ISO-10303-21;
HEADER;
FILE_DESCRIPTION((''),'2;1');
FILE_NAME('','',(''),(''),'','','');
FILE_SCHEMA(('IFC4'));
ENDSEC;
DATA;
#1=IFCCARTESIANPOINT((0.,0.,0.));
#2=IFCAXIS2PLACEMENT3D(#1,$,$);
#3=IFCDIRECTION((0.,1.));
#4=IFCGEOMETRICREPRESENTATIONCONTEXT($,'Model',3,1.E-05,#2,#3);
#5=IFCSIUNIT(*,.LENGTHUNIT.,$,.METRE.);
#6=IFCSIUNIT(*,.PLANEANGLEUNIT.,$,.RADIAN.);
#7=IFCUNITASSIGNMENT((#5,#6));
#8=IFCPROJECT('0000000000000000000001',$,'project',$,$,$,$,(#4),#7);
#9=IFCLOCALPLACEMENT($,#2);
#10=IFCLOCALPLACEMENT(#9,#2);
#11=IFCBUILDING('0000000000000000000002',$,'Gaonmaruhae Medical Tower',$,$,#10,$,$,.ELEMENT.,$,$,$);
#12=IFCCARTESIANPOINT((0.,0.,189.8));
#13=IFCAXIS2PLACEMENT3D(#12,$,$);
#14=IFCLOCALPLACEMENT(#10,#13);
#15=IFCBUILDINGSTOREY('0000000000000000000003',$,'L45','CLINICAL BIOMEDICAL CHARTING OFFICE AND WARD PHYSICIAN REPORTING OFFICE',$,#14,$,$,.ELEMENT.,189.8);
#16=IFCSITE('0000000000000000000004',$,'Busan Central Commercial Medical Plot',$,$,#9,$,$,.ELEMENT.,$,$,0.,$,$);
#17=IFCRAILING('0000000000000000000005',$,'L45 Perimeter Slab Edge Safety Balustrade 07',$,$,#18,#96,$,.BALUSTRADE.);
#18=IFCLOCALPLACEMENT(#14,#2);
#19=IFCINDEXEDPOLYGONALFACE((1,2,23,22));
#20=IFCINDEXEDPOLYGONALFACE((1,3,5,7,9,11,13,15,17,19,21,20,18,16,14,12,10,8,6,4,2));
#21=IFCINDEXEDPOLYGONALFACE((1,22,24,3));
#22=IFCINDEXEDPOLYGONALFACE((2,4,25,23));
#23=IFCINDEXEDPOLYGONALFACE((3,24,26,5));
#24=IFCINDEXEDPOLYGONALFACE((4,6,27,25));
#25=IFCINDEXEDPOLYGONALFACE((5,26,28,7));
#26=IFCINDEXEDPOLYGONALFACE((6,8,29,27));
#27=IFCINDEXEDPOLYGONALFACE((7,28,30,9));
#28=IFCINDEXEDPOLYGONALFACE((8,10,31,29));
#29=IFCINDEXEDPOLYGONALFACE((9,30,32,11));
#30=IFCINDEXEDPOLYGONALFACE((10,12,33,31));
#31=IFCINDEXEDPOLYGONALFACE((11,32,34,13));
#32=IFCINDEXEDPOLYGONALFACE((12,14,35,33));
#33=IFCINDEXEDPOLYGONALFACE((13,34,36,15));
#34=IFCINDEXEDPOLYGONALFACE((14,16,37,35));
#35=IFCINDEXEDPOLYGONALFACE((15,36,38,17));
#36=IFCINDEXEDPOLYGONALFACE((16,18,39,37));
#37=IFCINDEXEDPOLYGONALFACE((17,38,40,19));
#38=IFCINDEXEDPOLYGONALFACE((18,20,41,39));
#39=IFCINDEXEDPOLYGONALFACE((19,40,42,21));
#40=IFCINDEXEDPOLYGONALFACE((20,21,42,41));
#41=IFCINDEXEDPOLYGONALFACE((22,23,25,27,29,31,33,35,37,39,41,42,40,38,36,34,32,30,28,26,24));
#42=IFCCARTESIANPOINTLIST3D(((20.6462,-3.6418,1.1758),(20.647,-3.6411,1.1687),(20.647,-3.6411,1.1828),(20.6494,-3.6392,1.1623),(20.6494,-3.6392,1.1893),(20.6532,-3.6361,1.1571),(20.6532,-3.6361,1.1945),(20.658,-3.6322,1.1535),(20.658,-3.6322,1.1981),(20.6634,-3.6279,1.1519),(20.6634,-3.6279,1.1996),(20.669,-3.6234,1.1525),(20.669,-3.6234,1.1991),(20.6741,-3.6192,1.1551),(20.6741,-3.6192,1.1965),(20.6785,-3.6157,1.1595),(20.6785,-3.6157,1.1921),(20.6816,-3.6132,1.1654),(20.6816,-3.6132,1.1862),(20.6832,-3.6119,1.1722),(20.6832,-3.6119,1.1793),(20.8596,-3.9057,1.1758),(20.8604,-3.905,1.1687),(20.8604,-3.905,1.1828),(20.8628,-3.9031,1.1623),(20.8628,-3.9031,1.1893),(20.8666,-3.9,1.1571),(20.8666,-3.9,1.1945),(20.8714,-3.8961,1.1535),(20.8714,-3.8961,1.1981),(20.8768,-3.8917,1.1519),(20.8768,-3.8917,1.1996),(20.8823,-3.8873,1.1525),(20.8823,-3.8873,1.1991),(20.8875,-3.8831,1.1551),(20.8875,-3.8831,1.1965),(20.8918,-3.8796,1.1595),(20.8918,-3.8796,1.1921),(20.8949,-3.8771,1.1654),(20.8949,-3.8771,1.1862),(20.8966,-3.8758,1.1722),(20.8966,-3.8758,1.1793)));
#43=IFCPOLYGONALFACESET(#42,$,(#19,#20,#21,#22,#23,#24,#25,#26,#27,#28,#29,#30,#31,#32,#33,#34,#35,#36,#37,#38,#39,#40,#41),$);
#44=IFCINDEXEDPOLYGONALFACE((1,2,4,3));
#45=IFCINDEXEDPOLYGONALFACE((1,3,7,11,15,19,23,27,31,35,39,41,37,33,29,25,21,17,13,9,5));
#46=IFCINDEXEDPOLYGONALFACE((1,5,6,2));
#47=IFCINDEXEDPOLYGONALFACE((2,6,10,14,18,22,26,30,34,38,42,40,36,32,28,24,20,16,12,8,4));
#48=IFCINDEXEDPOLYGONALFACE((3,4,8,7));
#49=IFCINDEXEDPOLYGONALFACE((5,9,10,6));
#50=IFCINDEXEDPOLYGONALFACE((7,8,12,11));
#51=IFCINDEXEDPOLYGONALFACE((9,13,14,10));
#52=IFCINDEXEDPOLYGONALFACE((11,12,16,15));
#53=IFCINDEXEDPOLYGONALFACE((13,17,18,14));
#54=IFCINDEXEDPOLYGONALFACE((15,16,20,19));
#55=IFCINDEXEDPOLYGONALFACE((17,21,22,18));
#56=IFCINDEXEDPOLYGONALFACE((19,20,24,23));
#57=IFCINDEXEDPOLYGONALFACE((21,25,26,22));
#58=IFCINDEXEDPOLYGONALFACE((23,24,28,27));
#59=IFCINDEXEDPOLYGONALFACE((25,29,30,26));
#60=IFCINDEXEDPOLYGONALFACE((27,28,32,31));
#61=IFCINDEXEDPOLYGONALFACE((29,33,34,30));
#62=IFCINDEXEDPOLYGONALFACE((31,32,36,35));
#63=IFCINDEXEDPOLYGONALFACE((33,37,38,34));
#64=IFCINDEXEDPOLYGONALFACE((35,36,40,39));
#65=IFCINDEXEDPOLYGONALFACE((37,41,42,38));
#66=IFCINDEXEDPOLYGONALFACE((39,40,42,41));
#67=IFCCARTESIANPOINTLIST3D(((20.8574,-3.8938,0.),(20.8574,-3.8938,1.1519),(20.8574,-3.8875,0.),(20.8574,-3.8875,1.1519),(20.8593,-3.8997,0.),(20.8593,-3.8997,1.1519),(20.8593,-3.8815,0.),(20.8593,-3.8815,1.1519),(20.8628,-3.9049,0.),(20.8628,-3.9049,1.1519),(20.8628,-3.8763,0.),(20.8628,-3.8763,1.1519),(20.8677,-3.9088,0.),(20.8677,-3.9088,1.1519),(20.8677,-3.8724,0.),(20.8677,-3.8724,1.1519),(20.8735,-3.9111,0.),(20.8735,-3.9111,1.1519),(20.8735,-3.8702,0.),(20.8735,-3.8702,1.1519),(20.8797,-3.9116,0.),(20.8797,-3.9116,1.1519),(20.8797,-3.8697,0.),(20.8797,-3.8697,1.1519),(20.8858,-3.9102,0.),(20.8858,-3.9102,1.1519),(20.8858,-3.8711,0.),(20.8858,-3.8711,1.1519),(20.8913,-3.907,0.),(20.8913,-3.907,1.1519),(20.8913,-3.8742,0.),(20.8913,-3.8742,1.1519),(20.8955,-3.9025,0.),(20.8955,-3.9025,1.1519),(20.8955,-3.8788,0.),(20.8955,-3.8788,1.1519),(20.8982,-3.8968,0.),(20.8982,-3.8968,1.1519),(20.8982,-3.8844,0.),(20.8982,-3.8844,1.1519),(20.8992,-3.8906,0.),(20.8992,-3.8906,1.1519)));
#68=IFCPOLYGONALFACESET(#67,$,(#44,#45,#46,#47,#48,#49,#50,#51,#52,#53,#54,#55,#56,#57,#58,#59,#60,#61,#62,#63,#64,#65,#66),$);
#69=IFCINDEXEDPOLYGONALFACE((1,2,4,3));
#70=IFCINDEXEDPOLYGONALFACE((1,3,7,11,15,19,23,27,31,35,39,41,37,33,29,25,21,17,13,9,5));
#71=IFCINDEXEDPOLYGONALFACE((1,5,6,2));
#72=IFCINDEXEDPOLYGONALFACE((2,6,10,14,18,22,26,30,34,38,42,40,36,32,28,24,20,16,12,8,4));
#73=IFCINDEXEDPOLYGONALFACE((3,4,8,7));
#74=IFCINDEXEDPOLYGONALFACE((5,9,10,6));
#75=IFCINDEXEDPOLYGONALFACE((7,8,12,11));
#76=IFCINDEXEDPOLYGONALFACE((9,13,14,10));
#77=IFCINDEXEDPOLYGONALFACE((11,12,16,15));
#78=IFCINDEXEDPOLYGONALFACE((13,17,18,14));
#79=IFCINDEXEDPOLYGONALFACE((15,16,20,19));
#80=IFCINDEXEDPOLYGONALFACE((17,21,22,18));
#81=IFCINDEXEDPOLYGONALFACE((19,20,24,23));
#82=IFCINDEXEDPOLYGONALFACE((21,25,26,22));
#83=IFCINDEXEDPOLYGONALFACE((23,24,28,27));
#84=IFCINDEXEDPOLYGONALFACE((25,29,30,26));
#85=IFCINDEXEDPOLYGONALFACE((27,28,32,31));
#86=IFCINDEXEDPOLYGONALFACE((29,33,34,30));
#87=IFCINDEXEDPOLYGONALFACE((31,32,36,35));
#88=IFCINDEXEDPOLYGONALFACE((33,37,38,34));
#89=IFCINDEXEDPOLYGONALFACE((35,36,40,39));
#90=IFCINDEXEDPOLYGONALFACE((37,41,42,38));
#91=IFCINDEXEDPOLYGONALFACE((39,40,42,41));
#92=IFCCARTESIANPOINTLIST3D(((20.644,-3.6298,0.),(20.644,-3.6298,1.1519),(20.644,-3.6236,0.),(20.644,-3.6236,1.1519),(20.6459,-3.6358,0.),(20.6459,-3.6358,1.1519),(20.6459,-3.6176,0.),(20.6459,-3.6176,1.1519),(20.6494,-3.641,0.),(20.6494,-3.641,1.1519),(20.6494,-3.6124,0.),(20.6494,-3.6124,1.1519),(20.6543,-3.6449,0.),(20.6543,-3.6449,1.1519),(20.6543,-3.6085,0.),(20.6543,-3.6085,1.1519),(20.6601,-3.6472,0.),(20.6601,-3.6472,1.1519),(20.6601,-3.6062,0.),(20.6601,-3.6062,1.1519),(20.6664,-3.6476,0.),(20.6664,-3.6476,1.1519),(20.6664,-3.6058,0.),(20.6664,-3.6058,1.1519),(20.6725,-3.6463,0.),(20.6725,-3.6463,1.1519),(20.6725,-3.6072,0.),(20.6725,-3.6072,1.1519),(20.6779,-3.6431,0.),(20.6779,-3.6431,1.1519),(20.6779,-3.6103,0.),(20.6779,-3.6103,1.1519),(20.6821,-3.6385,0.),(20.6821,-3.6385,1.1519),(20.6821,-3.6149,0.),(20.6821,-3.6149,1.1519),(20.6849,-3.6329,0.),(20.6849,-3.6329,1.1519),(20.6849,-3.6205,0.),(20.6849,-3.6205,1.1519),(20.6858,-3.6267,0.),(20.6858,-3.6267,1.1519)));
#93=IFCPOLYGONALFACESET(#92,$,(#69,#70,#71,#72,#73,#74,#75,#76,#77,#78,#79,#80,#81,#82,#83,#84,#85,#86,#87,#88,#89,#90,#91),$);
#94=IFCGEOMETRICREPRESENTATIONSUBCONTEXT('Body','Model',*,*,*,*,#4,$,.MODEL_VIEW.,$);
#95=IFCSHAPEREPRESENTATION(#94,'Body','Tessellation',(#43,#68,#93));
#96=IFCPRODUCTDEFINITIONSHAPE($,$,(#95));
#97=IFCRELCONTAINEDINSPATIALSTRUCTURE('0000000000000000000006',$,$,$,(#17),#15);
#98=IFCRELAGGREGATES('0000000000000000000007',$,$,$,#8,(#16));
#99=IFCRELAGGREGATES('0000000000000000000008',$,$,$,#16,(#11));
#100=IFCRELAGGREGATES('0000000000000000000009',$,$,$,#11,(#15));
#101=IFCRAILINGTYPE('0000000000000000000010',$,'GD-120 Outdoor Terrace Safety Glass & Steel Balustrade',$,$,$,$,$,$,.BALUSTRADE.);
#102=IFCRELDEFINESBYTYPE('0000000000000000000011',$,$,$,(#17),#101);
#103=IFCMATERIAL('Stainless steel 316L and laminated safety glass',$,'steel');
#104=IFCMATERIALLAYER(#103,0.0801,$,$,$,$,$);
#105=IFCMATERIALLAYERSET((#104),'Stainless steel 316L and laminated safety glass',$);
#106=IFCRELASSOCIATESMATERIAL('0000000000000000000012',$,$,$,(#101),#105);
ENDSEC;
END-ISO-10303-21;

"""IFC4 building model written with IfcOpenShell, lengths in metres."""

from ifc_helpers import new_model, si_unit, direction, frame, origin, origin_2d, place, context, subcontext, project, spatial, circle, extrude, material, layer, layer_set, type_object, element, save


model = new_model("IFC4")

# Units and contexts
model_context = context("Model", 3, precision=1e-05, world=origin(), true_north=direction((0.0, 1.0)))
body_context = subcontext(model_context, "Body", "Model", "MODEL_VIEW")
ifc_project = project(units=[si_unit("LENGTHUNIT", "METRE"), si_unit("PLANEANGLEUNIT", "RADIAN")], contexts=[model_context])

# Site, building, storey
site_placement = place(None, origin())
site = spatial("IfcSite", under=ifc_project, at=site_placement, Name="Busan Central Commercial Medical Plot", CompositionType="ELEMENT", RefElevation=0.0)
building_placement = place(site_placement, origin())
building = spatial("IfcBuilding", under=site, at=building_placement, Name="Gaonmaruhae Medical Tower", CompositionType="ELEMENT")
storey_placement = place(building_placement, frame((0.0, 0.0, 189.8)))
storey = spatial("IfcBuildingStorey", under=building, at=storey_placement, Name="L45", Description="CLINICAL BIOMEDICAL CHARTING OFFICE AND WARD PHYSICIAN REPORTING OFFICE", CompositionType="ELEMENT", Elevation=189.8)

# Railing
ifc_material_1 = material(Name="Stainless steel 316L and laminated safety glass", Category="steel")
ifc_layer_1 = layer(ifc_material_1, 0.0801)
ifc_layer_set_1 = layer_set([ifc_layer_1], Name="Stainless steel 316L and laminated safety glass")
railing_type = type_object("IfcRailingType", Name="GD-120 Outdoor Terrace Safety Glass & Steel Balustrade", PredefinedType="BALUSTRADE", material=ifc_layer_set_1)
railing_1_placement = place(storey_placement, frame((20.8782, -3.8906, 0.0)))
element("IfcRailing", 1, at=railing_1_placement, inside=storey, type_object=railing_type, Name="L45 Perimeter Slab Edge Safety Balustrade 07", PredefinedType="BALUSTRADE", context=body_context, shape_type="SweptSolid", body=[
    extrude(circle(Radius=0.0239, at=origin_2d()), frame((0.0, 0.0, 1.1758), z_axis=(-0.628722, 0.77763, 0.0), x_axis=(-0.77763, -0.628722, 0.0)), (0.0, 0.0, 1.0), 0.3394),
    extrude(circle(Radius=0.021, at=origin_2d()), origin(), (0.0, 0.0, 1.0), 1.1519),
    extrude(circle(Radius=0.021, at=origin_2d()), frame((-0.2134, 0.2639, 0.0)), (0.0, 0.0, 1.0), 1.1519),
])

save(model, "model.ifc")
